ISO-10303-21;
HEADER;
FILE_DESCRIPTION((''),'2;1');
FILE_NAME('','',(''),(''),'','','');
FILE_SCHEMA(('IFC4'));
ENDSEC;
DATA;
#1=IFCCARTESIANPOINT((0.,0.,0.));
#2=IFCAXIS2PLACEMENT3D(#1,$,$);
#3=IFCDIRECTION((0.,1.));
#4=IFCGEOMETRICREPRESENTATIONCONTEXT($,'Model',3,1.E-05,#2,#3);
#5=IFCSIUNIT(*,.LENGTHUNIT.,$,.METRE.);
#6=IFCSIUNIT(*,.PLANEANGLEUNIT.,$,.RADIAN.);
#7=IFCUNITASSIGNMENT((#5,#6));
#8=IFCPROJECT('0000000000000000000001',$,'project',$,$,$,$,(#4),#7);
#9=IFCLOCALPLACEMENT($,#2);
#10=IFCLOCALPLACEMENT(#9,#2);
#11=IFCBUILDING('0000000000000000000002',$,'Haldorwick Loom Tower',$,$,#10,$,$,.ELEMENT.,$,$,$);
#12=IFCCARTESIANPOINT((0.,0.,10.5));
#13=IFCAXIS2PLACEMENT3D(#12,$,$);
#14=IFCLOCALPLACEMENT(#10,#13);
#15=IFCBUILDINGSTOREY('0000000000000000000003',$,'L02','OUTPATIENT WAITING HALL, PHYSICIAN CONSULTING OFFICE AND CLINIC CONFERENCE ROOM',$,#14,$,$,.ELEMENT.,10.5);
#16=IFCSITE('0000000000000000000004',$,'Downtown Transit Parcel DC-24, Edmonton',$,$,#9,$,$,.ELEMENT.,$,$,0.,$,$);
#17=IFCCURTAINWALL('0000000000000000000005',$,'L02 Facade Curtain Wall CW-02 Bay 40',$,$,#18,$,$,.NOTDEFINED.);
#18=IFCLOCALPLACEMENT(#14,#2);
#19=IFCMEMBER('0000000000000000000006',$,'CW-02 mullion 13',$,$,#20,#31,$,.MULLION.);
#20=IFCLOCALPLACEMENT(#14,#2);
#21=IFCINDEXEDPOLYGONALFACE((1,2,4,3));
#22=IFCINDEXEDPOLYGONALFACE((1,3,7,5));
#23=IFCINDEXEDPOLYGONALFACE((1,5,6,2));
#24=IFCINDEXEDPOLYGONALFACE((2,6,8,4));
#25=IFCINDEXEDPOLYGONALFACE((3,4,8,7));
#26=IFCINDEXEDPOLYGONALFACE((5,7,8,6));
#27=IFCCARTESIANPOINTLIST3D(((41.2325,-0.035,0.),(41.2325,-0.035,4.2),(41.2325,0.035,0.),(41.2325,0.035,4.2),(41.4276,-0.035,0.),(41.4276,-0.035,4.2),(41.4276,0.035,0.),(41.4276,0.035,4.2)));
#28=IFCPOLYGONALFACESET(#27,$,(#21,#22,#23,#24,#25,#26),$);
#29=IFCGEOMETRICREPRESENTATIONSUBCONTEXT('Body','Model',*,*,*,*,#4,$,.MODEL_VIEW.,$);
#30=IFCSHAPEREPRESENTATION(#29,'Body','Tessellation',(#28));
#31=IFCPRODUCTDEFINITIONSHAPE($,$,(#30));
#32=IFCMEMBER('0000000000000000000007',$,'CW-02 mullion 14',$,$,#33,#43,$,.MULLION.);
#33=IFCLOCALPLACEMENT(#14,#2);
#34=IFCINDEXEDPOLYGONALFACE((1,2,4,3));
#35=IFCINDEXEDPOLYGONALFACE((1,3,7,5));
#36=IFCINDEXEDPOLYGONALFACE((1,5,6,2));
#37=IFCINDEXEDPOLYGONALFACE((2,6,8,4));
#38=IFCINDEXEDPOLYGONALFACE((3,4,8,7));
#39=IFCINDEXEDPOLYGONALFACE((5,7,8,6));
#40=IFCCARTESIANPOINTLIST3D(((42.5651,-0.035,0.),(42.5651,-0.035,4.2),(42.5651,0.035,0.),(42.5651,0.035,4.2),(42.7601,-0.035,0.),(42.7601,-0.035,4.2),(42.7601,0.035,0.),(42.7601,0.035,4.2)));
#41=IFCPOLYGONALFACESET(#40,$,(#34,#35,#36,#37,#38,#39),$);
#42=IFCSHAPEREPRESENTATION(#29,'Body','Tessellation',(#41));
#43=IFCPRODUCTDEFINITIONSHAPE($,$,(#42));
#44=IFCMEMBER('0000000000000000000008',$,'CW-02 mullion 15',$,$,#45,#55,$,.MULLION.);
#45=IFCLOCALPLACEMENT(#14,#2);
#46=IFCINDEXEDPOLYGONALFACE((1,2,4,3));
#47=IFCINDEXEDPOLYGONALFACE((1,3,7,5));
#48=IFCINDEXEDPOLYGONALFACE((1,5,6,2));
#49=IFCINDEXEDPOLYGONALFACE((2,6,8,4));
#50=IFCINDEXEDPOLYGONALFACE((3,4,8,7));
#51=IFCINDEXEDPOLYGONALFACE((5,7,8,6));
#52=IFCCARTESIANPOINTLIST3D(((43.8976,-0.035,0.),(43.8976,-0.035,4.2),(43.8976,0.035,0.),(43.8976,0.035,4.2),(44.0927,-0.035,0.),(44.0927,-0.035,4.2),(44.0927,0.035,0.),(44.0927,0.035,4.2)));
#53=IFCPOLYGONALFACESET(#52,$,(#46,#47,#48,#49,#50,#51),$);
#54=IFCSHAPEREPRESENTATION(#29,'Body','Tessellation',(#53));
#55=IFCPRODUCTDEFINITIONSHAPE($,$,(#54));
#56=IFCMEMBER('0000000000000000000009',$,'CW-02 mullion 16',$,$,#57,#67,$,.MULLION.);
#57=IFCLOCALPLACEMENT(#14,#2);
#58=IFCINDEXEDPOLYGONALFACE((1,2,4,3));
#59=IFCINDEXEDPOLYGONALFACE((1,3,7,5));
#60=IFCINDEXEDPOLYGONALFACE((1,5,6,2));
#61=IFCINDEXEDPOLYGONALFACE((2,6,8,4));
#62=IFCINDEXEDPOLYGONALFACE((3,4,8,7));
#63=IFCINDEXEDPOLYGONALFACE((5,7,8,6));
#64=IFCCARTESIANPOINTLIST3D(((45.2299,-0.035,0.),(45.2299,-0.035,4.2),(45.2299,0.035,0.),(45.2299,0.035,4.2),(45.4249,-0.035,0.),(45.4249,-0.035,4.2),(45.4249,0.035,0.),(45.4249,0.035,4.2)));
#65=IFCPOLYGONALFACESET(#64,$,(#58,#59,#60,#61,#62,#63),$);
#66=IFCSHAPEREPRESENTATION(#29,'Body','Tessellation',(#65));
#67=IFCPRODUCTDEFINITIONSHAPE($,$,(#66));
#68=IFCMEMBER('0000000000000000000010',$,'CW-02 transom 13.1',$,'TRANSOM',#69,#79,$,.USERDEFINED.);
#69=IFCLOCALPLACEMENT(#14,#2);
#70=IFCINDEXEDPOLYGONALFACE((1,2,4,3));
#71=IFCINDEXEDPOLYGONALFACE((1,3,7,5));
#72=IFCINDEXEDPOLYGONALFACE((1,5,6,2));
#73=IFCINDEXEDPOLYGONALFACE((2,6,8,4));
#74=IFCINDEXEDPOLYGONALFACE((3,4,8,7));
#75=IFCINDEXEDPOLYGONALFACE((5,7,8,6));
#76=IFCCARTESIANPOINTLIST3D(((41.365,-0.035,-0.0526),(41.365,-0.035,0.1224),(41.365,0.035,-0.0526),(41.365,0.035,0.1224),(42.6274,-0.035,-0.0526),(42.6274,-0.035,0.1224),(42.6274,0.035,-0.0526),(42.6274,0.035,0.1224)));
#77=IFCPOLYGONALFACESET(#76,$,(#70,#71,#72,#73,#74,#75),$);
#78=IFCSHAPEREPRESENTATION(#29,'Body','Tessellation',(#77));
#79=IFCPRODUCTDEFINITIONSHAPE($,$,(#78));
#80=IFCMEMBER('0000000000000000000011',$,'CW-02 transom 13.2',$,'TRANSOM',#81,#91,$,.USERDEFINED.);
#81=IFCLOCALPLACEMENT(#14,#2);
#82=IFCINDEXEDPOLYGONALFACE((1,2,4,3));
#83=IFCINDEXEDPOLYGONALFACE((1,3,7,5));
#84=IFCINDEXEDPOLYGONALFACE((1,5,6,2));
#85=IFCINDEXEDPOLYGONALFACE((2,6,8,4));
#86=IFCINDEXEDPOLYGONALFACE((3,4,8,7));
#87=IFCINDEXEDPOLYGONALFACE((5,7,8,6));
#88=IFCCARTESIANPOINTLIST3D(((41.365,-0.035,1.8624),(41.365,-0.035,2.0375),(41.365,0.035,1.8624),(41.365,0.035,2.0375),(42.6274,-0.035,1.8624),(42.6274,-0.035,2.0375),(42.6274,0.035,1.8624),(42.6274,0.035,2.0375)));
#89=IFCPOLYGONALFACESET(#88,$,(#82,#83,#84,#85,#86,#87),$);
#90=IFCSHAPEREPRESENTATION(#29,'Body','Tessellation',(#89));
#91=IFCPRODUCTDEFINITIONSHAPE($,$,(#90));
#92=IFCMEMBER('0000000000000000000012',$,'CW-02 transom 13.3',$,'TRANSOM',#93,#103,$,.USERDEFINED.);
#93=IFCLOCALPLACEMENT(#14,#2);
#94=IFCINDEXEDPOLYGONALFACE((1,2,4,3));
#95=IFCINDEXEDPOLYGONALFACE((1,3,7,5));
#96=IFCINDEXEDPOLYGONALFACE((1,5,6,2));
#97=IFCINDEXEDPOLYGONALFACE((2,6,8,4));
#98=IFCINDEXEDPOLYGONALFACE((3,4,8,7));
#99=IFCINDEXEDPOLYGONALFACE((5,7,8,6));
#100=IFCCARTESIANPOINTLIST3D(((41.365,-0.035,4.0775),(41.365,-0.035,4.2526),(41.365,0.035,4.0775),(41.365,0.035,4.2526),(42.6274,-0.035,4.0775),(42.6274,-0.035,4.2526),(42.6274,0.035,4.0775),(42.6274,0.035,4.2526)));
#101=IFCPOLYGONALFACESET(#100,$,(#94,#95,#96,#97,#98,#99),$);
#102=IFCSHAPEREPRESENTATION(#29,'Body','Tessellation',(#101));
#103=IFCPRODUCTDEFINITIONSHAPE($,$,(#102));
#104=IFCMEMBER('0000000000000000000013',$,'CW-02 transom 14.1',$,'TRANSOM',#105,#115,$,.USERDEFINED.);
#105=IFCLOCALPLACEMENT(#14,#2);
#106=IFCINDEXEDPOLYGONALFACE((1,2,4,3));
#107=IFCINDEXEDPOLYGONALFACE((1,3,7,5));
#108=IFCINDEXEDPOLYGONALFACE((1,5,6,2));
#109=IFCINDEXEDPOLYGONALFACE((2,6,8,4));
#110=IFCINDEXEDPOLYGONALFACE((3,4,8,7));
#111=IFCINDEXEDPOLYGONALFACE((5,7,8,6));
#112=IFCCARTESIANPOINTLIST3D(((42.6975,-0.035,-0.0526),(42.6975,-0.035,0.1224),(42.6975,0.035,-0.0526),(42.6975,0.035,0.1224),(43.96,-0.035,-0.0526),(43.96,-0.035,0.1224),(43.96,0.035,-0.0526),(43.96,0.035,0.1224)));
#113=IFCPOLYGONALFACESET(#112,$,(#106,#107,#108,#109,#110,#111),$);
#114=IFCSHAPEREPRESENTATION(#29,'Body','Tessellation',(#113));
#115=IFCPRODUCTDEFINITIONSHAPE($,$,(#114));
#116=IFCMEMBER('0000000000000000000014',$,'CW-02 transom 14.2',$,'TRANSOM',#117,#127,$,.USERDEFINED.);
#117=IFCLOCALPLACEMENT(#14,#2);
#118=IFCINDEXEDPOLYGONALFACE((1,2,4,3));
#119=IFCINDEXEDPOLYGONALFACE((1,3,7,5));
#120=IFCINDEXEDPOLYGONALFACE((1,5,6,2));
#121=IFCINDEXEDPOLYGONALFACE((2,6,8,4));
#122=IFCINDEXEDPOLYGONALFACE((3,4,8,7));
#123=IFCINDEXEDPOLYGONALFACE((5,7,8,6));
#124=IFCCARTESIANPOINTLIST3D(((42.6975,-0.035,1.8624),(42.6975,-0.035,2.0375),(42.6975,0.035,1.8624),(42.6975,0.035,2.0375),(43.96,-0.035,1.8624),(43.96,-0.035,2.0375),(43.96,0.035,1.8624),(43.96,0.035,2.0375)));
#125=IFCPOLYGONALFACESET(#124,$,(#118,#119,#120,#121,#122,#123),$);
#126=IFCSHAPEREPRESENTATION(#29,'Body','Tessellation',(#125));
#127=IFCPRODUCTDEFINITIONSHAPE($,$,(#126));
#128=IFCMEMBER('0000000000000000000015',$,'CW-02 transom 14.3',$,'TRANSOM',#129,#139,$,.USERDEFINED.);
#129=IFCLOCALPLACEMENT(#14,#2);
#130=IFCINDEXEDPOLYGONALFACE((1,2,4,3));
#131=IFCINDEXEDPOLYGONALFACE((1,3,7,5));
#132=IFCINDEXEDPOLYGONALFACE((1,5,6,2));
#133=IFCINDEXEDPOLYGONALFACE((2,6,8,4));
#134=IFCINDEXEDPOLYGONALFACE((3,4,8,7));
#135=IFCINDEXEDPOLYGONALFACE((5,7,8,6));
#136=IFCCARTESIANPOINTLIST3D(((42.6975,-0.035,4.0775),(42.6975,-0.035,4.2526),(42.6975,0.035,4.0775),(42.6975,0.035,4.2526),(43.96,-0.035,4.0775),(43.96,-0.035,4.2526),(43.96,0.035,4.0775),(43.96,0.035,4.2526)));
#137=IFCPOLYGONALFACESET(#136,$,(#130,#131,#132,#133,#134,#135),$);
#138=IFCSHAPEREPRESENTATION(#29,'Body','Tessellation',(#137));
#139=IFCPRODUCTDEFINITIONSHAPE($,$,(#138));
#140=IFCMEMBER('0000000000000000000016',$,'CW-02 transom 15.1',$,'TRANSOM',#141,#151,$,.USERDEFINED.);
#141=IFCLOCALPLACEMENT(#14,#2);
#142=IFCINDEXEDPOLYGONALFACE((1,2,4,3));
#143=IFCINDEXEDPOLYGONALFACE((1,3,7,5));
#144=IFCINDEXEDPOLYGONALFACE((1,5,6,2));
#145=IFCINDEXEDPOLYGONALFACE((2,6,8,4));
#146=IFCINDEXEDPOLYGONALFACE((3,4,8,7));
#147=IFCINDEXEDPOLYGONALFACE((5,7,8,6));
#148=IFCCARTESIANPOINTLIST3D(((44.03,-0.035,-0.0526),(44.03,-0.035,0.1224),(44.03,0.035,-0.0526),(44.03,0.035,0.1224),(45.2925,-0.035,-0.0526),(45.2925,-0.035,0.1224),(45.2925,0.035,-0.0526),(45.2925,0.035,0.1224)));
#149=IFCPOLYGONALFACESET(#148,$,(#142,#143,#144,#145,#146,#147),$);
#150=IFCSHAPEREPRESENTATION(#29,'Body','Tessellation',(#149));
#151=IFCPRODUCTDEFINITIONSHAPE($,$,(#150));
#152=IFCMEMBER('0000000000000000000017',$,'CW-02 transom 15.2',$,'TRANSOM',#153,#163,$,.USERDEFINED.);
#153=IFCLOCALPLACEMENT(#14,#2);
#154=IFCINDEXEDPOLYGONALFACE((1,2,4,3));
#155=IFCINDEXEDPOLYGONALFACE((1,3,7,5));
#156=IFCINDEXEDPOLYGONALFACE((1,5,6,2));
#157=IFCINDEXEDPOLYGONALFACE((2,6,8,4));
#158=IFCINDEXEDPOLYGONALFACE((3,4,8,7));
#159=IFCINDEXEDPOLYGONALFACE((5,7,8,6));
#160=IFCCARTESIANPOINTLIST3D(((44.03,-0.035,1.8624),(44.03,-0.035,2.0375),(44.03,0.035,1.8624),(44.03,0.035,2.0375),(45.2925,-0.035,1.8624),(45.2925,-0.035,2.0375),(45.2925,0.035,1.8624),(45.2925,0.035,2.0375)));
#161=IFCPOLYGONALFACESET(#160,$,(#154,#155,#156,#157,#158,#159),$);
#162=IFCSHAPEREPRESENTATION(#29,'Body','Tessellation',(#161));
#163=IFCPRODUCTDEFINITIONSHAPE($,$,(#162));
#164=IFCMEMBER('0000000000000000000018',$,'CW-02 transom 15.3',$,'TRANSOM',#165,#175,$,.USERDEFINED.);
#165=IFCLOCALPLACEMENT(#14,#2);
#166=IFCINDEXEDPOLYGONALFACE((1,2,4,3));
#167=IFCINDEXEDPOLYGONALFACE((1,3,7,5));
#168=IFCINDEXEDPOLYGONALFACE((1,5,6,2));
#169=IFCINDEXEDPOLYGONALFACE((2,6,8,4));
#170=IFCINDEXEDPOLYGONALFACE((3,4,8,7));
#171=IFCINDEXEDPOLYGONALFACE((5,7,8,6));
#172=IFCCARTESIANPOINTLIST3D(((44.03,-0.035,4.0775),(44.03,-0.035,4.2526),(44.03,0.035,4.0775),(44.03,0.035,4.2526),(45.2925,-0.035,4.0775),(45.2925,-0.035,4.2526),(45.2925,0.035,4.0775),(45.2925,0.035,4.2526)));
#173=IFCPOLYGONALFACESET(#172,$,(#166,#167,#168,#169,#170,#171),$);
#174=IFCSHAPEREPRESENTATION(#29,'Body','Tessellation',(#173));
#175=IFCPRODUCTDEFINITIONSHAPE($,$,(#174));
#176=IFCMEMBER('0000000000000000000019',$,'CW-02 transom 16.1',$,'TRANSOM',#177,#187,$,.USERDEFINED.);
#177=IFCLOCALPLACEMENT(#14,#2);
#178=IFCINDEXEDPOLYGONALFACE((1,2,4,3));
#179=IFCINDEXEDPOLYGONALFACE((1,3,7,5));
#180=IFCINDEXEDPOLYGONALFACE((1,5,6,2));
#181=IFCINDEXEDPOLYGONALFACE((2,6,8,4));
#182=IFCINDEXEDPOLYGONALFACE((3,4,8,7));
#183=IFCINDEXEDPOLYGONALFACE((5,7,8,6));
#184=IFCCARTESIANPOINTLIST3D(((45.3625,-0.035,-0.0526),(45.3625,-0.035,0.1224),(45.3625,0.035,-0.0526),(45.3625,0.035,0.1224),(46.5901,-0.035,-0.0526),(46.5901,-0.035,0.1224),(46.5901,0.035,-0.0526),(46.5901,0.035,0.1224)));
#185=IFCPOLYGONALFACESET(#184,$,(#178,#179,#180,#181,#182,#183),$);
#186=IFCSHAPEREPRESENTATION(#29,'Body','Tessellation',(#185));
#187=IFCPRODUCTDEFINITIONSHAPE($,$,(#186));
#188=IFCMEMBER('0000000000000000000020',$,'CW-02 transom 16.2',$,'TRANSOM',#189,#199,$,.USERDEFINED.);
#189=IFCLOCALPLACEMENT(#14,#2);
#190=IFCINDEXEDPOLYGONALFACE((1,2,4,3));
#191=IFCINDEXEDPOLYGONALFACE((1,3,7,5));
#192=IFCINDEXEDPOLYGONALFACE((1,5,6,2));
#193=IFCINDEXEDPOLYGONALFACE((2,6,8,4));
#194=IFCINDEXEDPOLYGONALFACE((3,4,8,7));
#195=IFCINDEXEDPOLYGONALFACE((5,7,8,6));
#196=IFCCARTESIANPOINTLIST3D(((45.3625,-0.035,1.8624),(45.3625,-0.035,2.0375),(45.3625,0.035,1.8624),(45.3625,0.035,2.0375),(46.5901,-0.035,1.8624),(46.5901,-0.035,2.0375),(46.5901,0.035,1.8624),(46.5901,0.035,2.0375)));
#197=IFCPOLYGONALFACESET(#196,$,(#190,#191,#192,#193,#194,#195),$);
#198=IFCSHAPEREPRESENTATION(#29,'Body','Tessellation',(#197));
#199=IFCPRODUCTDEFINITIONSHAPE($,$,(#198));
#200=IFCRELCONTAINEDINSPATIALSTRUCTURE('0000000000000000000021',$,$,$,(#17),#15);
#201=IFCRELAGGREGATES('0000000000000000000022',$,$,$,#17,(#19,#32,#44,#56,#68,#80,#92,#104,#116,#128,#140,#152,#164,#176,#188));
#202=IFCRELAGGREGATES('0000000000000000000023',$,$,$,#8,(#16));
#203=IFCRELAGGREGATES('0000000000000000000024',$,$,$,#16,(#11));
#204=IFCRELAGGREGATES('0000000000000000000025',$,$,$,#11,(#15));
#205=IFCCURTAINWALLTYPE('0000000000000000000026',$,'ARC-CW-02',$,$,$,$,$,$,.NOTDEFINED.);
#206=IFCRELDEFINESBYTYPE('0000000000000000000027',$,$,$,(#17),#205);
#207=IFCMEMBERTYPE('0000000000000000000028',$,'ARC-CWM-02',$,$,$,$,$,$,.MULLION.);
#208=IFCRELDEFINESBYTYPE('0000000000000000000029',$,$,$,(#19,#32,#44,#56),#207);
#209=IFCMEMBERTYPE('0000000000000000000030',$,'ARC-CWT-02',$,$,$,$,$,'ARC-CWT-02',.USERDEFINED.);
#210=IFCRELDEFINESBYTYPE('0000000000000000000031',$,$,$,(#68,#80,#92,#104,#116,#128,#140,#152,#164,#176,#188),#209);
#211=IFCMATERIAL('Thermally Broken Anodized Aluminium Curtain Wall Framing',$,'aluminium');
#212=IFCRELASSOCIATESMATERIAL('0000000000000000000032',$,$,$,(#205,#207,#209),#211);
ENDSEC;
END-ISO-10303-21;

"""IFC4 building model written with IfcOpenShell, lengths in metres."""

from ifc_helpers import new_model, si_unit, direction, frame, origin, origin_2d, place, context, subcontext, project, spatial, rectangle, extrude, material, material_profile, profile_set, type_object, element, aggregate, save


model = new_model("IFC4")

# Units and contexts
model_context = context("Model", 3, precision=1e-05, world=origin(), true_north=direction((0.0, 1.0)))
body_context = subcontext(model_context, "Body", "Model", "MODEL_VIEW")
ifc_project = project(units=[si_unit("LENGTHUNIT", "METRE"), si_unit("PLANEANGLEUNIT", "RADIAN")], contexts=[model_context])

# Site, building, storey
site_placement = place(None, origin())
site = spatial("IfcSite", under=ifc_project, at=site_placement, Name="Downtown Transit Parcel DC-24, Edmonton", CompositionType="ELEMENT", RefElevation=0.0)
building_placement = place(site_placement, origin())
building = spatial("IfcBuilding", under=site, at=building_placement, Name="Haldorwick Loom Tower", CompositionType="ELEMENT")
storey_placement = place(building_placement, frame((0.0, 0.0, 10.5)))
storey = spatial("IfcBuildingStorey", under=building, at=storey_placement, Name="L02", Description="OUTPATIENT WAITING HALL, PHYSICIAN CONSULTING OFFICE AND CLINIC CONFERENCE ROOM", CompositionType="ELEMENT", Elevation=10.5)

# Curtain wall, members
ifc_material_1 = material(Name="Thermally Broken Anodized Aluminium Curtain Wall Framing", Category="aluminium")
curtain_wall_type = type_object("IfcCurtainWallType", Name="ARC-CW-02", PredefinedType="NOTDEFINED", material=ifc_material_1)
curtain_wall_placement = place(storey_placement, origin())
curtain_wall = element("IfcCurtainWall", 1, at=curtain_wall_placement, inside=storey, type_object=curtain_wall_type, Name="L02 Facade Curtain Wall CW-02 Bay 40", PredefinedType="NOTDEFINED")
ifc_material_profile_1 = material_profile(ifc_material_1, rectangle(XDim=0.0701, YDim=0.1951, at=origin_2d()), Name="ALU_MUL_70X195", Category="aluminium")
ifc_profile_set_1 = profile_set([ifc_material_profile_1], Name="Thermally Broken Anodized Aluminium Curtain Wall Framing")
member_type_1 = type_object("IfcMemberType", Name="ARC-CWM-02", PredefinedType="MULLION", material=ifc_profile_set_1)
member_1_placement = place(storey_placement, frame((41.3301, 0.0, 0.0), z_axis=(0.0, 0.0, 1.0), x_axis=(0.0, 1.0, 0.0)))
member_1 = element("IfcMember", 2, at=member_1_placement, type_object=member_type_1, Name="CW-02 mullion 13", PredefinedType="MULLION", context=body_context, shape_type="SweptSolid", body=[
    extrude(rectangle(XDim=0.0701, YDim=0.1951, at=origin_2d()), origin(), (0.0, 0.0, 1.0), 4.2),
])
member_2_placement = place(storey_placement, frame((42.6626, 0.0, 0.0), z_axis=(0.0, 0.0, 1.0), x_axis=(0.0, 1.0, 0.0)))
member_2 = element("IfcMember", 3, at=member_2_placement, type_object=member_type_1, Name="CW-02 mullion 14", PredefinedType="MULLION", context=body_context, shape_type="SweptSolid", body=[
    extrude(rectangle(XDim=0.0701, YDim=0.1951, at=origin_2d()), origin(), (0.0, 0.0, 1.0), 4.2),
])
member_3_placement = place(storey_placement, frame((43.9951, 0.0, 0.0), z_axis=(0.0, 0.0, 1.0), x_axis=(0.0, 1.0, 0.0)))
member_3 = element("IfcMember", 4, at=member_3_placement, type_object=member_type_1, Name="CW-02 mullion 15", PredefinedType="MULLION", context=body_context, shape_type="SweptSolid", body=[
    extrude(rectangle(XDim=0.0701, YDim=0.1951, at=origin_2d()), origin(), (0.0, 0.0, 1.0), 4.2),
])
member_4_placement = place(storey_placement, frame((45.3274, 0.0, 0.0), z_axis=(0.0, 0.0, 1.0), x_axis=(0.0, 1.0, 0.0)))
member_4 = element("IfcMember", 5, at=member_4_placement, type_object=member_type_1, Name="CW-02 mullion 16", PredefinedType="MULLION", context=body_context, shape_type="SweptSolid", body=[
    extrude(rectangle(XDim=0.0701, YDim=0.1951, at=origin_2d()), origin(), (0.0, 0.0, 1.0), 4.2),
])
ifc_material_profile_2 = material_profile(ifc_material_1, rectangle(XDim=0.0701, YDim=0.175, at=origin_2d()), Name="ALU_TRN_70X175", Category="aluminium")
ifc_profile_set_2 = profile_set([ifc_material_profile_2], Name="Thermally Broken Anodized Aluminium Curtain Wall Framing")
member_type_2 = type_object("IfcMemberType", Name="ARC-CWT-02", ElementType="ARC-CWT-02", PredefinedType="USERDEFINED", material=ifc_profile_set_2)
member_5_placement = place(storey_placement, frame((41.365, 0.0, 0.0349), z_axis=(1.0, 0.0, 0.0), x_axis=(0.0, 1.0, 0.0)))
member_5 = element("IfcMember", 6, at=member_5_placement, type_object=member_type_2, Name="CW-02 transom 13.1", ObjectType="TRANSOM", PredefinedType="USERDEFINED", context=body_context, shape_type="SweptSolid", body=[
    extrude(rectangle(XDim=0.0701, YDim=0.175, at=origin_2d()), origin(), (0.0, 0.0, 1.0), 1.2625),
])
member_6_placement = place(storey_placement, frame((41.365, 0.0, 1.95), z_axis=(1.0, 0.0, 0.0), x_axis=(0.0, 1.0, 0.0)))
member_6 = element("IfcMember", 7, at=member_6_placement, type_object=member_type_2, Name="CW-02 transom 13.2", ObjectType="TRANSOM", PredefinedType="USERDEFINED", context=body_context, shape_type="SweptSolid", body=[
    extrude(rectangle(XDim=0.0701, YDim=0.175, at=origin_2d()), origin(), (0.0, 0.0, 1.0), 1.2625),
])
member_7_placement = place(storey_placement, frame((41.365, 0.0, 4.165), z_axis=(1.0, 0.0, 0.0), x_axis=(0.0, 1.0, 0.0)))
member_7 = element("IfcMember", 8, at=member_7_placement, type_object=member_type_2, Name="CW-02 transom 13.3", ObjectType="TRANSOM", PredefinedType="USERDEFINED", context=body_context, shape_type="SweptSolid", body=[
    extrude(rectangle(XDim=0.0701, YDim=0.175, at=origin_2d()), origin(), (0.0, 0.0, 1.0), 1.2625),
])
member_8_placement = place(storey_placement, frame((42.6975, 0.0, 0.0349), z_axis=(1.0, 0.0, 0.0), x_axis=(0.0, 1.0, 0.0)))
member_8 = element("IfcMember", 9, at=member_8_placement, type_object=member_type_2, Name="CW-02 transom 14.1", ObjectType="TRANSOM", PredefinedType="USERDEFINED", context=body_context, shape_type="SweptSolid", body=[
    extrude(rectangle(XDim=0.0701, YDim=0.175, at=origin_2d()), origin(), (0.0, 0.0, 1.0), 1.2625),
])
member_9_placement = place(storey_placement, frame((42.6975, 0.0, 1.95), z_axis=(1.0, 0.0, 0.0), x_axis=(0.0, 1.0, 0.0)))
member_9 = element("IfcMember", 10, at=member_9_placement, type_object=member_type_2, Name="CW-02 transom 14.2", ObjectType="TRANSOM", PredefinedType="USERDEFINED", context=body_context, shape_type="SweptSolid", body=[
    extrude(rectangle(XDim=0.0701, YDim=0.175, at=origin_2d()), origin(), (0.0, 0.0, 1.0), 1.2625),
])
member_10_placement = place(storey_placement, frame((42.6975, 0.0, 4.165), z_axis=(1.0, 0.0, 0.0), x_axis=(0.0, 1.0, 0.0)))
member_10 = element("IfcMember", 11, at=member_10_placement, type_object=member_type_2, Name="CW-02 transom 14.3", ObjectType="TRANSOM", PredefinedType="USERDEFINED", context=body_context, shape_type="SweptSolid", body=[
    extrude(rectangle(XDim=0.0701, YDim=0.175, at=origin_2d()), origin(), (0.0, 0.0, 1.0), 1.2625),
])
member_11_placement = place(storey_placement, frame((44.03, 0.0, 0.0349), z_axis=(1.0, 0.0, 0.0), x_axis=(0.0, 1.0, 0.0)))
member_11 = element("IfcMember", 12, at=member_11_placement, type_object=member_type_2, Name="CW-02 transom 15.1", ObjectType="TRANSOM", PredefinedType="USERDEFINED", context=body_context, shape_type="SweptSolid", body=[
    extrude(rectangle(XDim=0.0701, YDim=0.175, at=origin_2d()), origin(), (0.0, 0.0, 1.0), 1.2625),
])
member_12_placement = place(storey_placement, frame((44.03, 0.0, 1.95), z_axis=(1.0, 0.0, 0.0), x_axis=(0.0, 1.0, 0.0)))
member_12 = element("IfcMember", 13, at=member_12_placement, type_object=member_type_2, Name="CW-02 transom 15.2", ObjectType="TRANSOM", PredefinedType="USERDEFINED", context=body_context, shape_type="SweptSolid", body=[
    extrude(rectangle(XDim=0.0701, YDim=0.175, at=origin_2d()), origin(), (0.0, 0.0, 1.0), 1.2625),
])
member_13_placement = place(storey_placement, frame((44.03, 0.0, 4.165), z_axis=(1.0, 0.0, 0.0), x_axis=(0.0, 1.0, 0.0)))
member_13 = element("IfcMember", 14, at=member_13_placement, type_object=member_type_2, Name="CW-02 transom 15.3", ObjectType="TRANSOM", PredefinedType="USERDEFINED", context=body_context, shape_type="SweptSolid", body=[
    extrude(rectangle(XDim=0.0701, YDim=0.175, at=origin_2d()), origin(), (0.0, 0.0, 1.0), 1.2625),
])
member_14_placement = place(storey_placement, frame((45.3625, 0.0, 0.0349), z_axis=(1.0, 0.0, 0.0), x_axis=(0.0, 1.0, 0.0)))
member_14 = element("IfcMember", 15, at=member_14_placement, type_object=member_type_2, Name="CW-02 transom 16.1", ObjectType="TRANSOM", PredefinedType="USERDEFINED", context=body_context, shape_type="SweptSolid", body=[
    extrude(rectangle(XDim=0.0701, YDim=0.175, at=origin_2d()), origin(), (0.0, 0.0, 1.0), 1.2275),
])
member_15_placement = place(storey_placement, frame((45.3625, 0.0, 1.95), z_axis=(1.0, 0.0, 0.0), x_axis=(0.0, 1.0, 0.0)))
member_15 = element("IfcMember", 16, at=member_15_placement, type_object=member_type_2, Name="CW-02 transom 16.2", ObjectType="TRANSOM", PredefinedType="USERDEFINED", context=body_context, shape_type="SweptSolid", body=[
    extrude(rectangle(XDim=0.0701, YDim=0.175, at=origin_2d()), origin(), (0.0, 0.0, 1.0), 1.2275),
])
aggregate(curtain_wall, [member_1, member_2, member_3, member_4, member_5, member_6, member_7, member_8, member_9, member_10, member_11, member_12, member_13, member_14, member_15])

save(model, "model.ifc")
